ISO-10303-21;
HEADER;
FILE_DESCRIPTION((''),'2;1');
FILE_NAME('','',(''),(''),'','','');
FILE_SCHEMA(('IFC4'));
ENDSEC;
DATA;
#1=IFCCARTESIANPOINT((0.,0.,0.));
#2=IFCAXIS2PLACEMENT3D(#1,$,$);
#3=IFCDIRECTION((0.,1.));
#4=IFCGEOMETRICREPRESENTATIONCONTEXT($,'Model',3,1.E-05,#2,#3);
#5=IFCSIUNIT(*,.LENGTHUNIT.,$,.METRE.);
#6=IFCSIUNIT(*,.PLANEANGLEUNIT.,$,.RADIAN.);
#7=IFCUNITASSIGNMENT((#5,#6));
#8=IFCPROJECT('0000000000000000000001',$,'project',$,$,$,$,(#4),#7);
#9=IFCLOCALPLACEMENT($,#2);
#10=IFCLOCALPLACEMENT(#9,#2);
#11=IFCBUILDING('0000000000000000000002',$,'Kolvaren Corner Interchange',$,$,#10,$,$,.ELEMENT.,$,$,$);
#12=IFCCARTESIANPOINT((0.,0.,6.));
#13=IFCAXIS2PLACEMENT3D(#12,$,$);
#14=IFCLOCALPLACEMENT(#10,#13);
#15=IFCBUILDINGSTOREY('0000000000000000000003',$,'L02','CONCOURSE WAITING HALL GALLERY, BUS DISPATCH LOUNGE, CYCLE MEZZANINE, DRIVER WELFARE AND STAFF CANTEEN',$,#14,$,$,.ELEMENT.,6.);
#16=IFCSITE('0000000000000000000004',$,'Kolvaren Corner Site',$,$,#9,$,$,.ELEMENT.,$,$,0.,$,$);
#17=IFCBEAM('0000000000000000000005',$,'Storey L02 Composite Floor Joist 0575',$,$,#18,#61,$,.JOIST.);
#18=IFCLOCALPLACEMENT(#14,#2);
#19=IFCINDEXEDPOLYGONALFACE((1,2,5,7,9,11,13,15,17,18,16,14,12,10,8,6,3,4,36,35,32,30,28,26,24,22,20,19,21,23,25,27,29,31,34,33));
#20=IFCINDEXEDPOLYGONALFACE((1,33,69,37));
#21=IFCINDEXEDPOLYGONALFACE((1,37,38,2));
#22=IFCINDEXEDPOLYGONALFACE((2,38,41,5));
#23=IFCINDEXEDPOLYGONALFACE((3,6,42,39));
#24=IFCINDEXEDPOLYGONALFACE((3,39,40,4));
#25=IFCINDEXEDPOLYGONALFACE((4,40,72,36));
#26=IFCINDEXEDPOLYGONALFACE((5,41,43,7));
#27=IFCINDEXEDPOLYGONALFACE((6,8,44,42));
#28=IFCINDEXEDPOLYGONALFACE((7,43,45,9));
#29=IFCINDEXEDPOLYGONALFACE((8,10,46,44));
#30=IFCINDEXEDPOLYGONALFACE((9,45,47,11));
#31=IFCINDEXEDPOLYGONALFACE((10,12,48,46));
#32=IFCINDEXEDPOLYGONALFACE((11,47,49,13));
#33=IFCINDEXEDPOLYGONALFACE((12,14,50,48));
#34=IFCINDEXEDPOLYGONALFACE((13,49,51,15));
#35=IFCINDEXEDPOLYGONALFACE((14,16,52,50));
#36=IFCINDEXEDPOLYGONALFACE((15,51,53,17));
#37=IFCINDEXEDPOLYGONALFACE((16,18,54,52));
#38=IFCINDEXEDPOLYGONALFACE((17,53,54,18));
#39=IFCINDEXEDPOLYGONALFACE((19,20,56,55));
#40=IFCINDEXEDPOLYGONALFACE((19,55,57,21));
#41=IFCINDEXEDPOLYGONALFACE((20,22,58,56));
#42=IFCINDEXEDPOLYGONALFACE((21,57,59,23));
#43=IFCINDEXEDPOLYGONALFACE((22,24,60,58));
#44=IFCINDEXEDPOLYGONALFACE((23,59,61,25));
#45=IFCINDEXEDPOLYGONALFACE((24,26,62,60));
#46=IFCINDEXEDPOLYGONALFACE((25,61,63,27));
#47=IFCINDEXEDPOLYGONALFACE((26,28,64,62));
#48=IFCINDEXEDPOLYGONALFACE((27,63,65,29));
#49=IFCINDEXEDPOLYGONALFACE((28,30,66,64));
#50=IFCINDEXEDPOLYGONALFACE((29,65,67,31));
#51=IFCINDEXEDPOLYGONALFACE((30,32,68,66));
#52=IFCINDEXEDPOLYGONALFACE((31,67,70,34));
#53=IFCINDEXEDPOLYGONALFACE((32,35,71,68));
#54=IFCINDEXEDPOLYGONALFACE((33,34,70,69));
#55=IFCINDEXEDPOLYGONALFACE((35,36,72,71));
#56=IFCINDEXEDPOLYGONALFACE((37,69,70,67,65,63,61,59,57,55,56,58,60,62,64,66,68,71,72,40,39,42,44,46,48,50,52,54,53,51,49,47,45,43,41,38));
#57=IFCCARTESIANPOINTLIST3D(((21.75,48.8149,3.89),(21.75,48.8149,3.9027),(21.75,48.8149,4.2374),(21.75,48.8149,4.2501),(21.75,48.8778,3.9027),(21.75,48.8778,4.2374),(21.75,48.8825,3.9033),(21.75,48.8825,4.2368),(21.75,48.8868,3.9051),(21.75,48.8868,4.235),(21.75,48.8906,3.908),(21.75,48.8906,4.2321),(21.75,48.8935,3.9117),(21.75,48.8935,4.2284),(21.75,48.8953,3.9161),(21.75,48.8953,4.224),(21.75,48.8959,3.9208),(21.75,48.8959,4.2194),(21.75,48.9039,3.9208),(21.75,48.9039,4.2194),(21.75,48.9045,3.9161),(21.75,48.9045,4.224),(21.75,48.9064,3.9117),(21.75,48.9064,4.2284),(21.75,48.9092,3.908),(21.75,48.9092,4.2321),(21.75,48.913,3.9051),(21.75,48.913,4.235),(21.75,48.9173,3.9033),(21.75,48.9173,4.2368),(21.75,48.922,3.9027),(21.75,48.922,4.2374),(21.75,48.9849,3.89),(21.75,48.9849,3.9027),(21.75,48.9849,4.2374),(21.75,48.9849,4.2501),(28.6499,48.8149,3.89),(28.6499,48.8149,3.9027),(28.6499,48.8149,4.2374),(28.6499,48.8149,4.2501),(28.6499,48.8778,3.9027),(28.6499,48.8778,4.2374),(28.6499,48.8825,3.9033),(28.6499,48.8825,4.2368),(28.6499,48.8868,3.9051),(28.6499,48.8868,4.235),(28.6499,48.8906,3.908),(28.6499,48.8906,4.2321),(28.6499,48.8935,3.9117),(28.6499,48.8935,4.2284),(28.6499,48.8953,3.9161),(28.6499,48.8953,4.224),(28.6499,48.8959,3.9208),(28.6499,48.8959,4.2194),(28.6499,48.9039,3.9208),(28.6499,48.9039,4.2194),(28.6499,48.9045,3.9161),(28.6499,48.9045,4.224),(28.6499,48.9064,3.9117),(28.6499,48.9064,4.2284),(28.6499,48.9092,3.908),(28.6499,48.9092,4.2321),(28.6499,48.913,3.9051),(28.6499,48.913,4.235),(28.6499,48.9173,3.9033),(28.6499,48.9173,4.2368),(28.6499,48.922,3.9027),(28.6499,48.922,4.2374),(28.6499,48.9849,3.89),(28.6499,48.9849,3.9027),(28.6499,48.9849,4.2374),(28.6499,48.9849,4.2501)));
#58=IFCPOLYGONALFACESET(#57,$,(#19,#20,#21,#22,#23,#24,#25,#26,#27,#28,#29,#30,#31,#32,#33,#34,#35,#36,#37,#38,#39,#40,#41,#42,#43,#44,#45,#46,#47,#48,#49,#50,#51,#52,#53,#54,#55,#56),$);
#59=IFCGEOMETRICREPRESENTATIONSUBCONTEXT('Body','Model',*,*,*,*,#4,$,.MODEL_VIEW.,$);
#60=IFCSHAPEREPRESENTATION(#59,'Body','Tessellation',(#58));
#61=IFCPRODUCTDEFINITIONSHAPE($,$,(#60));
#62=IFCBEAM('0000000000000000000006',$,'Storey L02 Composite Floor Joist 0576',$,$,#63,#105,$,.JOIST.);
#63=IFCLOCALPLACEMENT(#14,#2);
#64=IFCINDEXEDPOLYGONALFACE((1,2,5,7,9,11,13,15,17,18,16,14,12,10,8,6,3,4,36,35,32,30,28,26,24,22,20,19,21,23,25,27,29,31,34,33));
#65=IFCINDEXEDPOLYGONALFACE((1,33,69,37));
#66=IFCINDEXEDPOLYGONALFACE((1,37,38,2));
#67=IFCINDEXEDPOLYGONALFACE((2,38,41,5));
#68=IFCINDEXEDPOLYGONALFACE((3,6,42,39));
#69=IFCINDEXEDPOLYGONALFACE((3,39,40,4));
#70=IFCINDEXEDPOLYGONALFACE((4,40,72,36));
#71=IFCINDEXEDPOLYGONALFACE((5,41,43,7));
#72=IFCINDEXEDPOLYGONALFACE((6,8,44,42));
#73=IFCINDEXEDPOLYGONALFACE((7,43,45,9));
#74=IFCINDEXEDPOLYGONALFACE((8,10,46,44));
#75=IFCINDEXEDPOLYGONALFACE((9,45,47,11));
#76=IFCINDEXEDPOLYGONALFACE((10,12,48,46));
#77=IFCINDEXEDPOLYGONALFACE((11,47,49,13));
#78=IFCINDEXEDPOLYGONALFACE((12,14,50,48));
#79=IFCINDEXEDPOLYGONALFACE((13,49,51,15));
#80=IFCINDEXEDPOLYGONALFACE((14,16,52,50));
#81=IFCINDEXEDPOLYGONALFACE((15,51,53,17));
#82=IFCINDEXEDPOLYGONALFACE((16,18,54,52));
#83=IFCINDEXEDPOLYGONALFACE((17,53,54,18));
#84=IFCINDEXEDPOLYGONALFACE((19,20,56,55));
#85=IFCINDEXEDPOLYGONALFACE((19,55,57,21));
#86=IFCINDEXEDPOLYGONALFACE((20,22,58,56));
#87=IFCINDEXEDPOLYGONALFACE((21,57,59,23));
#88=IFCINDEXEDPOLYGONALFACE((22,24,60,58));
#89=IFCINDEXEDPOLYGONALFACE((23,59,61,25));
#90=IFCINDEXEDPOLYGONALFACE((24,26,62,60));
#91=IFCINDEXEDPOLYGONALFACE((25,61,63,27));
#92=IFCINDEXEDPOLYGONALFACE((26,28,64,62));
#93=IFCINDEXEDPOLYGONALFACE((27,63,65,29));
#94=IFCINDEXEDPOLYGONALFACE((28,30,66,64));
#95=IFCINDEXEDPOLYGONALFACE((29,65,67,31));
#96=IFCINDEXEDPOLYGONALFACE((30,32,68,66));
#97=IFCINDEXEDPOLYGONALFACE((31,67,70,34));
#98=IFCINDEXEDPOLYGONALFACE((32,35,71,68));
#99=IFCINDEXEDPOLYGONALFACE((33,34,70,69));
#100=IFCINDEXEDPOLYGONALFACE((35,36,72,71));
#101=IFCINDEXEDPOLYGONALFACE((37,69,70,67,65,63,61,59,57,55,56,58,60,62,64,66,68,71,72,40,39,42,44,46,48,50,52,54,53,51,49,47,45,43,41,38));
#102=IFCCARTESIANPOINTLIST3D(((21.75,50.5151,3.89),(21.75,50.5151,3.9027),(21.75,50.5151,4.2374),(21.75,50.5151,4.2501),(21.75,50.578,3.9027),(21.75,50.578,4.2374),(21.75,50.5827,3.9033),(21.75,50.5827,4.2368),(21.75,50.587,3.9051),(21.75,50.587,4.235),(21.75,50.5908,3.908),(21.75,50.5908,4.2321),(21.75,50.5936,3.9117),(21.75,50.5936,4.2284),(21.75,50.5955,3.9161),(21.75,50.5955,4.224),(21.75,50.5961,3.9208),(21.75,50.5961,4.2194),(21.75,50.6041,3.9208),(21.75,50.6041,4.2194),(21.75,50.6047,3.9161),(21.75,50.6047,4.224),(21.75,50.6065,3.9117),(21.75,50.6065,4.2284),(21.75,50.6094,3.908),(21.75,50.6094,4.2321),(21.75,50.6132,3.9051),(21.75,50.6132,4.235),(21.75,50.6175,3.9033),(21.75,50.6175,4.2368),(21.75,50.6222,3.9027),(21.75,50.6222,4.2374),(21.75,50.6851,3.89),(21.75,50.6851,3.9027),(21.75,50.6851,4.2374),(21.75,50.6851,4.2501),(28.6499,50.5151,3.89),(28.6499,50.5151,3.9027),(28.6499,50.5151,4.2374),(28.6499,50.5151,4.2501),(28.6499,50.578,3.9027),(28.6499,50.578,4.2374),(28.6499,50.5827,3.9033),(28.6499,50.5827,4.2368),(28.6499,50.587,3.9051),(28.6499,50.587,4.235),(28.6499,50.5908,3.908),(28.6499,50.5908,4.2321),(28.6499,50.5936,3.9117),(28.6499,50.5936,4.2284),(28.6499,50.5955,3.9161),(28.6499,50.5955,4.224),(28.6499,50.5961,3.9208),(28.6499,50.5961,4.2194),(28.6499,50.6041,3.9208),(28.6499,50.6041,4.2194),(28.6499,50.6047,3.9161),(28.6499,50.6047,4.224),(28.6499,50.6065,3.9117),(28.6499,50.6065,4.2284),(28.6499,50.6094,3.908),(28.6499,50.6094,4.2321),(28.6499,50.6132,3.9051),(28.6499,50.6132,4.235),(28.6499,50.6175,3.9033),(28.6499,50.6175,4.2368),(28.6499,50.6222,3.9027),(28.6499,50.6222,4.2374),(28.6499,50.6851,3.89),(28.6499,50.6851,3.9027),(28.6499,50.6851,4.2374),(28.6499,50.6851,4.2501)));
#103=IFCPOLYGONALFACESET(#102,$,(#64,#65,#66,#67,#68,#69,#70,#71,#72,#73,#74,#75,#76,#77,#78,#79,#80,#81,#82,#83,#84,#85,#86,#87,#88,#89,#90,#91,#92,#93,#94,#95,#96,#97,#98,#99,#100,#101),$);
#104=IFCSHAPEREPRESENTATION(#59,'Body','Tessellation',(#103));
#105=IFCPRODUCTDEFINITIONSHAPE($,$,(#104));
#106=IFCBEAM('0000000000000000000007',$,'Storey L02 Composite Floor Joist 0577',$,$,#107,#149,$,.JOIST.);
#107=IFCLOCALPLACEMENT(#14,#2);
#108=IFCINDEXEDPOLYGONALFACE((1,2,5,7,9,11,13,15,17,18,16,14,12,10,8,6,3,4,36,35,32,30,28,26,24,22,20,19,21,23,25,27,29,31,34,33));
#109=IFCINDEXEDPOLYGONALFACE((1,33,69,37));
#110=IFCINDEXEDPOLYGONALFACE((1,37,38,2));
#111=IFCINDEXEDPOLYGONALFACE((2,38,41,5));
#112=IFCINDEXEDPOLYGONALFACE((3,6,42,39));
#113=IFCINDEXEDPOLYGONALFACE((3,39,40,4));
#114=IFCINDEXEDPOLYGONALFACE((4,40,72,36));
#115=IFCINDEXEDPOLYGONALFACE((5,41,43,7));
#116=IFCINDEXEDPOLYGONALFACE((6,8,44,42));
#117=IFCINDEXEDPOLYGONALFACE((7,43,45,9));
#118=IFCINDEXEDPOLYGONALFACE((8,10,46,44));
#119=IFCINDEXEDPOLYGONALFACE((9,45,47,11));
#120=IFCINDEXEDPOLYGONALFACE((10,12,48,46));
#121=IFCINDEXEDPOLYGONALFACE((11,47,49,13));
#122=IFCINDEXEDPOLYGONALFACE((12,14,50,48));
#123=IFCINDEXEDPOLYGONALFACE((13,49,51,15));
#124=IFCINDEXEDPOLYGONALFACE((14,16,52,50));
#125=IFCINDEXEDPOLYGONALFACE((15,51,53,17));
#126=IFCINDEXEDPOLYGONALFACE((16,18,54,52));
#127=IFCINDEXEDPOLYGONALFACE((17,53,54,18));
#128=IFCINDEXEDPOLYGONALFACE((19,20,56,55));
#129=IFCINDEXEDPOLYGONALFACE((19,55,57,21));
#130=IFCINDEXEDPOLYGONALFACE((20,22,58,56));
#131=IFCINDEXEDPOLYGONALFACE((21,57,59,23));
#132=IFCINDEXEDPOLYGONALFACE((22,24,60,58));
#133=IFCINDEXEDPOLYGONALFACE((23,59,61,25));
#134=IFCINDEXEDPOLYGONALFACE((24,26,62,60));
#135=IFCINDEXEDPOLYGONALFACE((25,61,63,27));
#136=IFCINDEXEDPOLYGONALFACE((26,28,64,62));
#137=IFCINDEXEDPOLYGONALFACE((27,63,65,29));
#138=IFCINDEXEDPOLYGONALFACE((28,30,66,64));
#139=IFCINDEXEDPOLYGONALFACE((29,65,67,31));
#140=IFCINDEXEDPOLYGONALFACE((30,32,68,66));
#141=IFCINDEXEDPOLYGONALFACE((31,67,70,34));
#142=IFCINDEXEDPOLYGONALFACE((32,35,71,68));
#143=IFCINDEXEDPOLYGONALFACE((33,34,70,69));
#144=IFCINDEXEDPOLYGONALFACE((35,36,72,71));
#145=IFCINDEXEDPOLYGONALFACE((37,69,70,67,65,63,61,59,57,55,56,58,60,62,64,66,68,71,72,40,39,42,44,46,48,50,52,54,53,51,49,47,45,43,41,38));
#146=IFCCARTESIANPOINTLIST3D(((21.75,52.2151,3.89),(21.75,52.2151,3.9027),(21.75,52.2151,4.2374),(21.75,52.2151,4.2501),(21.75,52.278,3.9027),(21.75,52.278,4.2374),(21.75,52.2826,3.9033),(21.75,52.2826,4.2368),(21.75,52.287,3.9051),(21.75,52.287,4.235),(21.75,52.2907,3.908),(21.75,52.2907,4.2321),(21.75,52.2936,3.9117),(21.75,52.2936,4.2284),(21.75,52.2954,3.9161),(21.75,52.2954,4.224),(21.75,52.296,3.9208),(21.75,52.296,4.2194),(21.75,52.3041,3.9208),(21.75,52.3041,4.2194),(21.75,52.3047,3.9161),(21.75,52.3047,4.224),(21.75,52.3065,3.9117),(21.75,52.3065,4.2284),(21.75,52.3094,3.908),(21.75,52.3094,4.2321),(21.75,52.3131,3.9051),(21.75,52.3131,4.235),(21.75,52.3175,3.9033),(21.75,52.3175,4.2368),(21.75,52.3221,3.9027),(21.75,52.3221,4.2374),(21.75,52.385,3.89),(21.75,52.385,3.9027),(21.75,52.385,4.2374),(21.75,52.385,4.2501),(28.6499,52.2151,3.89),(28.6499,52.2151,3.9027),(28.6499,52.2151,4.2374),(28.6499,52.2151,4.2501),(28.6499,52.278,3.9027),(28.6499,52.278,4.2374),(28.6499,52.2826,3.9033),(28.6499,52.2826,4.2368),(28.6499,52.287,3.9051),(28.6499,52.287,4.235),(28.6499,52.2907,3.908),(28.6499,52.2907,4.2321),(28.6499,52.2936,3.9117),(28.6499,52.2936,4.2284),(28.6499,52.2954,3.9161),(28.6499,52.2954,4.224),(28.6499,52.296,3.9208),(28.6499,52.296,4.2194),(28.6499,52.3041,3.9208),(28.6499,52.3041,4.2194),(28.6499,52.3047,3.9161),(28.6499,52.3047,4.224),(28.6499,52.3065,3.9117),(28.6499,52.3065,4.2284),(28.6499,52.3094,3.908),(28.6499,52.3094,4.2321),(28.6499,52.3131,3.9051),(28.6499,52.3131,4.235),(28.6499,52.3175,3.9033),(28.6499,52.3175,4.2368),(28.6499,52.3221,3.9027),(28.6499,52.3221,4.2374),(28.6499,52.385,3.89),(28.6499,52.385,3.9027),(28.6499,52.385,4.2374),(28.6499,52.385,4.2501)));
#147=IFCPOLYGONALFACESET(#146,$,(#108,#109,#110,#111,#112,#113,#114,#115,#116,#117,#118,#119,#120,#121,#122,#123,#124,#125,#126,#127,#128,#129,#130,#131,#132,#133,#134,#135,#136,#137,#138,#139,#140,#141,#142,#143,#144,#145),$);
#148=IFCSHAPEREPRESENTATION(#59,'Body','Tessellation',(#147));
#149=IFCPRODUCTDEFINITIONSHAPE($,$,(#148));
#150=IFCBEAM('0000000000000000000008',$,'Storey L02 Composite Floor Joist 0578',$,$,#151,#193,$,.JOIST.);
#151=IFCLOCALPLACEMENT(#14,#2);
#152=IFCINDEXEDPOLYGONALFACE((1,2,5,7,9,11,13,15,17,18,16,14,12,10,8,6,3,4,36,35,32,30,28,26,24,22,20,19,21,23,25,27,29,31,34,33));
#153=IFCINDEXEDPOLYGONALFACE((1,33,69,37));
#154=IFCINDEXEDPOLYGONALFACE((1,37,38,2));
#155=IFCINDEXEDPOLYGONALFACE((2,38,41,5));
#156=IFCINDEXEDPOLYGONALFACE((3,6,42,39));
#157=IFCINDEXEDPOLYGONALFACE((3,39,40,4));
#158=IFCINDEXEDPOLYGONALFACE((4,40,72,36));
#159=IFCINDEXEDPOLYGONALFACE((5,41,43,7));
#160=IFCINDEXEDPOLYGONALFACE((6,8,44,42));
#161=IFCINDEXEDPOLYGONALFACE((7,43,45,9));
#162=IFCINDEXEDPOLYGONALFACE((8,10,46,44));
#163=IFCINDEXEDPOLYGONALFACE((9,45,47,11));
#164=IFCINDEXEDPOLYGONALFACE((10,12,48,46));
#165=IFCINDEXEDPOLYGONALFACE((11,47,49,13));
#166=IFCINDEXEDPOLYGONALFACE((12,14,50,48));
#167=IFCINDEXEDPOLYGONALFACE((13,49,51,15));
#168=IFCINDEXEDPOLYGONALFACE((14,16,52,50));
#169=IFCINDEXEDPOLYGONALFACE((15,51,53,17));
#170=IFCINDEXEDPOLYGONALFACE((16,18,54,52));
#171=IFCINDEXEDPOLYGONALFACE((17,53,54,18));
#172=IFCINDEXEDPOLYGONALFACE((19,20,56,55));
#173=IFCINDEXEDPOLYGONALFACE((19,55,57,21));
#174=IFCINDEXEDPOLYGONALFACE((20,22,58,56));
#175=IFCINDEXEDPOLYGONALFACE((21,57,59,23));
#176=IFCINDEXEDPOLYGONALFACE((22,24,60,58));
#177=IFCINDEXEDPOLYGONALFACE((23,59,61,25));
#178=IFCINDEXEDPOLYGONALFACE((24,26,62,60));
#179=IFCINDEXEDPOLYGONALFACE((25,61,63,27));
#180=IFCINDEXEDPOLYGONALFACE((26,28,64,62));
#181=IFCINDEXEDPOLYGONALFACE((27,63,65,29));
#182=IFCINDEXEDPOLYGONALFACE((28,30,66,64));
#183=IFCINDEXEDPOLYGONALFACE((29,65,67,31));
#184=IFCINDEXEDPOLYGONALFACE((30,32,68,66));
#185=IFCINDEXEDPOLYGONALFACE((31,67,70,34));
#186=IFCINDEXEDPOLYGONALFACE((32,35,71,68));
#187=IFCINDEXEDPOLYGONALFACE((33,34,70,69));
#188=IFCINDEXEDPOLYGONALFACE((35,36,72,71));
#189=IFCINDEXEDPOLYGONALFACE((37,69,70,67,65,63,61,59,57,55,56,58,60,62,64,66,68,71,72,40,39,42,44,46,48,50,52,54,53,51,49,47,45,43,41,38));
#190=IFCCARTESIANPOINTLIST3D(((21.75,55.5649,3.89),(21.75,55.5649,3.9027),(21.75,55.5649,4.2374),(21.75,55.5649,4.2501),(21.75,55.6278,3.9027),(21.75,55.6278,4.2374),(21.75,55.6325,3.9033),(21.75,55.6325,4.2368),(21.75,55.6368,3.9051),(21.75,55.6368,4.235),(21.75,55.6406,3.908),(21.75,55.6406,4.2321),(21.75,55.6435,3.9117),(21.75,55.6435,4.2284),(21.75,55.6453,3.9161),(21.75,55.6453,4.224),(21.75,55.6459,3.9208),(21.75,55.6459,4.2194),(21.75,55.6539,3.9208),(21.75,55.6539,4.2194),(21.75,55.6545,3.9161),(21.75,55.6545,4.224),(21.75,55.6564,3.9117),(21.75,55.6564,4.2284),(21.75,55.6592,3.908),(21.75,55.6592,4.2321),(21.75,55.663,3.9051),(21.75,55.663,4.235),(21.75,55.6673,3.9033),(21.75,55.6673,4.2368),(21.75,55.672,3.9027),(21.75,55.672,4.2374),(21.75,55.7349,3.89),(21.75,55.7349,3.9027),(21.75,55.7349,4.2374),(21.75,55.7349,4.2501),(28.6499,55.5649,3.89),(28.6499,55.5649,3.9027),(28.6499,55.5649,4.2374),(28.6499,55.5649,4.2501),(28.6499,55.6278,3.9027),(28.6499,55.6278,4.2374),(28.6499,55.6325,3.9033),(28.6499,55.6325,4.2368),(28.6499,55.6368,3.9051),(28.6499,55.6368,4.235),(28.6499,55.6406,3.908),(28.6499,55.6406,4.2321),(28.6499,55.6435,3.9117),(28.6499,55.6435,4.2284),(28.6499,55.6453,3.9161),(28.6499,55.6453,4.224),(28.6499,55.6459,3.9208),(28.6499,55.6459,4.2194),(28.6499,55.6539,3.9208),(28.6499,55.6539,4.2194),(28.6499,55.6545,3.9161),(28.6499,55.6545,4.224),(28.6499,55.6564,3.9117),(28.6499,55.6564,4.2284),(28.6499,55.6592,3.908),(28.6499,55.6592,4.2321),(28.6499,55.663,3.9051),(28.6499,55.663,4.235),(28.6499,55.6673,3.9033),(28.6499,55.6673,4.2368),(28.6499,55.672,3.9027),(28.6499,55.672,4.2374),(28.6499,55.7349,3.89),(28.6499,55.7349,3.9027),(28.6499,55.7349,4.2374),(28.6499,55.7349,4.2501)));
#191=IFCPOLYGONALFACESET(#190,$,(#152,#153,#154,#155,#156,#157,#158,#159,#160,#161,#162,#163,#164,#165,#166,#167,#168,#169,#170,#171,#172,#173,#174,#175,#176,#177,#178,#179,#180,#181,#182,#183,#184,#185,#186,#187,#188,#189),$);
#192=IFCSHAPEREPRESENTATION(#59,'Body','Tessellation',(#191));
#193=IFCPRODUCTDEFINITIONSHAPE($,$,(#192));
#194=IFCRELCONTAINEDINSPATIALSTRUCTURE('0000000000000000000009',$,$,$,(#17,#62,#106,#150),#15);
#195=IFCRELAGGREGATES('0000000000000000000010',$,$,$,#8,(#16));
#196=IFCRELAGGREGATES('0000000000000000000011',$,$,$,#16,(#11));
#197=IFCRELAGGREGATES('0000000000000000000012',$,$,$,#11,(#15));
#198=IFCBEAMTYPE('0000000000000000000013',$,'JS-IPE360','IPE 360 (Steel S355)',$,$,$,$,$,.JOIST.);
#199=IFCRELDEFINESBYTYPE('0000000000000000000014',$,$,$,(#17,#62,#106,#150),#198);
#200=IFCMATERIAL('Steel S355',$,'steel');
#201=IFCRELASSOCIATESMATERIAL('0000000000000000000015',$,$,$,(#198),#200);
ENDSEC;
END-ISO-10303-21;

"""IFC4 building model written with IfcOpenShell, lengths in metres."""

from ifc_helpers import new_model, si_unit, direction, frame, origin, origin_2d, place, context, subcontext, project, spatial, i_section, extrude, material, material_profile, profile_set, type_object, element, save


model = new_model("IFC4")

# Units and contexts
model_context = context("Model", 3, precision=1e-05, world=origin(), true_north=direction((0.0, 1.0)))
body_context = subcontext(model_context, "Body", "Model", "MODEL_VIEW")
ifc_project = project(units=[si_unit("LENGTHUNIT", "METRE"), si_unit("PLANEANGLEUNIT", "RADIAN")], contexts=[model_context])

# Site, building, storey
site_placement = place(None, origin())
site = spatial("IfcSite", under=ifc_project, at=site_placement, Name="Kolvaren Corner Site", CompositionType="ELEMENT", RefElevation=0.0)
building_placement = place(site_placement, origin())
building = spatial("IfcBuilding", under=site, at=building_placement, Name="Kolvaren Corner Interchange", CompositionType="ELEMENT")
storey_placement = place(building_placement, frame((0.0, 0.0, 6.0)))
storey = spatial("IfcBuildingStorey", under=building, at=storey_placement, Name="L02", Description="CONCOURSE WAITING HALL GALLERY, BUS DISPATCH LOUNGE, CYCLE MEZZANINE, DRIVER WELFARE AND STAFF CANTEEN", CompositionType="ELEMENT", Elevation=6.0)

# Beams
ifc_material_1 = material(Name="Steel S355", Category="steel")
ifc_material_profile_1 = material_profile(ifc_material_1, i_section(OverallWidth=0.1699, OverallDepth=0.3601, WebThickness=0.0081, FlangeThickness=0.0127, FilletRadius=0.0181, at=origin_2d()), Name="IPE 360")
ifc_profile_set_1 = profile_set([ifc_material_profile_1], Name="Steel S355")
beam_type_1 = type_object("IfcBeamType", Name="JS-IPE360", Description="IPE 360 (Steel S355)", PredefinedType="JOIST", material=ifc_profile_set_1)
for number, where, z_axis, x_axis, name in (
    (1, (21.75, 48.8999, 4.0701), (1.0, 0.0, 0.0), (0.0, 1.0, 0.0), "Storey L02 Composite Floor Joist 0575"),
    (2, (21.75, 50.6001, 4.0701), (1.0, 0.0, 0.0), (0.0, 1.0, 0.0), "Storey L02 Composite Floor Joist 0576"),
    (3, (21.75, 52.3, 4.0701), (1.0, 0.0, 0.0), (0.0, 1.0, 0.0), "Storey L02 Composite Floor Joist 0577"),
    (4, (21.75, 55.6499, 4.0701), (1.0, 0.0, 0.0), (0.0, 1.0, 0.0), "Storey L02 Composite Floor Joist 0578"),
):
    element("IfcBeam", number, at=place(storey_placement, frame(where, z_axis=z_axis, x_axis=x_axis)), inside=storey, type_object=beam_type_1, Name=name, PredefinedType="JOIST", context=body_context, shape_type="SweptSolid", body=[
        extrude(i_section(OverallWidth=0.1699, OverallDepth=0.3601, WebThickness=0.0081, FlangeThickness=0.0127, FilletRadius=0.0181, at=origin_2d()), origin(), (0.0, 0.0, 1.0), 6.8999),
    ])

save(model, "model.ifc")
